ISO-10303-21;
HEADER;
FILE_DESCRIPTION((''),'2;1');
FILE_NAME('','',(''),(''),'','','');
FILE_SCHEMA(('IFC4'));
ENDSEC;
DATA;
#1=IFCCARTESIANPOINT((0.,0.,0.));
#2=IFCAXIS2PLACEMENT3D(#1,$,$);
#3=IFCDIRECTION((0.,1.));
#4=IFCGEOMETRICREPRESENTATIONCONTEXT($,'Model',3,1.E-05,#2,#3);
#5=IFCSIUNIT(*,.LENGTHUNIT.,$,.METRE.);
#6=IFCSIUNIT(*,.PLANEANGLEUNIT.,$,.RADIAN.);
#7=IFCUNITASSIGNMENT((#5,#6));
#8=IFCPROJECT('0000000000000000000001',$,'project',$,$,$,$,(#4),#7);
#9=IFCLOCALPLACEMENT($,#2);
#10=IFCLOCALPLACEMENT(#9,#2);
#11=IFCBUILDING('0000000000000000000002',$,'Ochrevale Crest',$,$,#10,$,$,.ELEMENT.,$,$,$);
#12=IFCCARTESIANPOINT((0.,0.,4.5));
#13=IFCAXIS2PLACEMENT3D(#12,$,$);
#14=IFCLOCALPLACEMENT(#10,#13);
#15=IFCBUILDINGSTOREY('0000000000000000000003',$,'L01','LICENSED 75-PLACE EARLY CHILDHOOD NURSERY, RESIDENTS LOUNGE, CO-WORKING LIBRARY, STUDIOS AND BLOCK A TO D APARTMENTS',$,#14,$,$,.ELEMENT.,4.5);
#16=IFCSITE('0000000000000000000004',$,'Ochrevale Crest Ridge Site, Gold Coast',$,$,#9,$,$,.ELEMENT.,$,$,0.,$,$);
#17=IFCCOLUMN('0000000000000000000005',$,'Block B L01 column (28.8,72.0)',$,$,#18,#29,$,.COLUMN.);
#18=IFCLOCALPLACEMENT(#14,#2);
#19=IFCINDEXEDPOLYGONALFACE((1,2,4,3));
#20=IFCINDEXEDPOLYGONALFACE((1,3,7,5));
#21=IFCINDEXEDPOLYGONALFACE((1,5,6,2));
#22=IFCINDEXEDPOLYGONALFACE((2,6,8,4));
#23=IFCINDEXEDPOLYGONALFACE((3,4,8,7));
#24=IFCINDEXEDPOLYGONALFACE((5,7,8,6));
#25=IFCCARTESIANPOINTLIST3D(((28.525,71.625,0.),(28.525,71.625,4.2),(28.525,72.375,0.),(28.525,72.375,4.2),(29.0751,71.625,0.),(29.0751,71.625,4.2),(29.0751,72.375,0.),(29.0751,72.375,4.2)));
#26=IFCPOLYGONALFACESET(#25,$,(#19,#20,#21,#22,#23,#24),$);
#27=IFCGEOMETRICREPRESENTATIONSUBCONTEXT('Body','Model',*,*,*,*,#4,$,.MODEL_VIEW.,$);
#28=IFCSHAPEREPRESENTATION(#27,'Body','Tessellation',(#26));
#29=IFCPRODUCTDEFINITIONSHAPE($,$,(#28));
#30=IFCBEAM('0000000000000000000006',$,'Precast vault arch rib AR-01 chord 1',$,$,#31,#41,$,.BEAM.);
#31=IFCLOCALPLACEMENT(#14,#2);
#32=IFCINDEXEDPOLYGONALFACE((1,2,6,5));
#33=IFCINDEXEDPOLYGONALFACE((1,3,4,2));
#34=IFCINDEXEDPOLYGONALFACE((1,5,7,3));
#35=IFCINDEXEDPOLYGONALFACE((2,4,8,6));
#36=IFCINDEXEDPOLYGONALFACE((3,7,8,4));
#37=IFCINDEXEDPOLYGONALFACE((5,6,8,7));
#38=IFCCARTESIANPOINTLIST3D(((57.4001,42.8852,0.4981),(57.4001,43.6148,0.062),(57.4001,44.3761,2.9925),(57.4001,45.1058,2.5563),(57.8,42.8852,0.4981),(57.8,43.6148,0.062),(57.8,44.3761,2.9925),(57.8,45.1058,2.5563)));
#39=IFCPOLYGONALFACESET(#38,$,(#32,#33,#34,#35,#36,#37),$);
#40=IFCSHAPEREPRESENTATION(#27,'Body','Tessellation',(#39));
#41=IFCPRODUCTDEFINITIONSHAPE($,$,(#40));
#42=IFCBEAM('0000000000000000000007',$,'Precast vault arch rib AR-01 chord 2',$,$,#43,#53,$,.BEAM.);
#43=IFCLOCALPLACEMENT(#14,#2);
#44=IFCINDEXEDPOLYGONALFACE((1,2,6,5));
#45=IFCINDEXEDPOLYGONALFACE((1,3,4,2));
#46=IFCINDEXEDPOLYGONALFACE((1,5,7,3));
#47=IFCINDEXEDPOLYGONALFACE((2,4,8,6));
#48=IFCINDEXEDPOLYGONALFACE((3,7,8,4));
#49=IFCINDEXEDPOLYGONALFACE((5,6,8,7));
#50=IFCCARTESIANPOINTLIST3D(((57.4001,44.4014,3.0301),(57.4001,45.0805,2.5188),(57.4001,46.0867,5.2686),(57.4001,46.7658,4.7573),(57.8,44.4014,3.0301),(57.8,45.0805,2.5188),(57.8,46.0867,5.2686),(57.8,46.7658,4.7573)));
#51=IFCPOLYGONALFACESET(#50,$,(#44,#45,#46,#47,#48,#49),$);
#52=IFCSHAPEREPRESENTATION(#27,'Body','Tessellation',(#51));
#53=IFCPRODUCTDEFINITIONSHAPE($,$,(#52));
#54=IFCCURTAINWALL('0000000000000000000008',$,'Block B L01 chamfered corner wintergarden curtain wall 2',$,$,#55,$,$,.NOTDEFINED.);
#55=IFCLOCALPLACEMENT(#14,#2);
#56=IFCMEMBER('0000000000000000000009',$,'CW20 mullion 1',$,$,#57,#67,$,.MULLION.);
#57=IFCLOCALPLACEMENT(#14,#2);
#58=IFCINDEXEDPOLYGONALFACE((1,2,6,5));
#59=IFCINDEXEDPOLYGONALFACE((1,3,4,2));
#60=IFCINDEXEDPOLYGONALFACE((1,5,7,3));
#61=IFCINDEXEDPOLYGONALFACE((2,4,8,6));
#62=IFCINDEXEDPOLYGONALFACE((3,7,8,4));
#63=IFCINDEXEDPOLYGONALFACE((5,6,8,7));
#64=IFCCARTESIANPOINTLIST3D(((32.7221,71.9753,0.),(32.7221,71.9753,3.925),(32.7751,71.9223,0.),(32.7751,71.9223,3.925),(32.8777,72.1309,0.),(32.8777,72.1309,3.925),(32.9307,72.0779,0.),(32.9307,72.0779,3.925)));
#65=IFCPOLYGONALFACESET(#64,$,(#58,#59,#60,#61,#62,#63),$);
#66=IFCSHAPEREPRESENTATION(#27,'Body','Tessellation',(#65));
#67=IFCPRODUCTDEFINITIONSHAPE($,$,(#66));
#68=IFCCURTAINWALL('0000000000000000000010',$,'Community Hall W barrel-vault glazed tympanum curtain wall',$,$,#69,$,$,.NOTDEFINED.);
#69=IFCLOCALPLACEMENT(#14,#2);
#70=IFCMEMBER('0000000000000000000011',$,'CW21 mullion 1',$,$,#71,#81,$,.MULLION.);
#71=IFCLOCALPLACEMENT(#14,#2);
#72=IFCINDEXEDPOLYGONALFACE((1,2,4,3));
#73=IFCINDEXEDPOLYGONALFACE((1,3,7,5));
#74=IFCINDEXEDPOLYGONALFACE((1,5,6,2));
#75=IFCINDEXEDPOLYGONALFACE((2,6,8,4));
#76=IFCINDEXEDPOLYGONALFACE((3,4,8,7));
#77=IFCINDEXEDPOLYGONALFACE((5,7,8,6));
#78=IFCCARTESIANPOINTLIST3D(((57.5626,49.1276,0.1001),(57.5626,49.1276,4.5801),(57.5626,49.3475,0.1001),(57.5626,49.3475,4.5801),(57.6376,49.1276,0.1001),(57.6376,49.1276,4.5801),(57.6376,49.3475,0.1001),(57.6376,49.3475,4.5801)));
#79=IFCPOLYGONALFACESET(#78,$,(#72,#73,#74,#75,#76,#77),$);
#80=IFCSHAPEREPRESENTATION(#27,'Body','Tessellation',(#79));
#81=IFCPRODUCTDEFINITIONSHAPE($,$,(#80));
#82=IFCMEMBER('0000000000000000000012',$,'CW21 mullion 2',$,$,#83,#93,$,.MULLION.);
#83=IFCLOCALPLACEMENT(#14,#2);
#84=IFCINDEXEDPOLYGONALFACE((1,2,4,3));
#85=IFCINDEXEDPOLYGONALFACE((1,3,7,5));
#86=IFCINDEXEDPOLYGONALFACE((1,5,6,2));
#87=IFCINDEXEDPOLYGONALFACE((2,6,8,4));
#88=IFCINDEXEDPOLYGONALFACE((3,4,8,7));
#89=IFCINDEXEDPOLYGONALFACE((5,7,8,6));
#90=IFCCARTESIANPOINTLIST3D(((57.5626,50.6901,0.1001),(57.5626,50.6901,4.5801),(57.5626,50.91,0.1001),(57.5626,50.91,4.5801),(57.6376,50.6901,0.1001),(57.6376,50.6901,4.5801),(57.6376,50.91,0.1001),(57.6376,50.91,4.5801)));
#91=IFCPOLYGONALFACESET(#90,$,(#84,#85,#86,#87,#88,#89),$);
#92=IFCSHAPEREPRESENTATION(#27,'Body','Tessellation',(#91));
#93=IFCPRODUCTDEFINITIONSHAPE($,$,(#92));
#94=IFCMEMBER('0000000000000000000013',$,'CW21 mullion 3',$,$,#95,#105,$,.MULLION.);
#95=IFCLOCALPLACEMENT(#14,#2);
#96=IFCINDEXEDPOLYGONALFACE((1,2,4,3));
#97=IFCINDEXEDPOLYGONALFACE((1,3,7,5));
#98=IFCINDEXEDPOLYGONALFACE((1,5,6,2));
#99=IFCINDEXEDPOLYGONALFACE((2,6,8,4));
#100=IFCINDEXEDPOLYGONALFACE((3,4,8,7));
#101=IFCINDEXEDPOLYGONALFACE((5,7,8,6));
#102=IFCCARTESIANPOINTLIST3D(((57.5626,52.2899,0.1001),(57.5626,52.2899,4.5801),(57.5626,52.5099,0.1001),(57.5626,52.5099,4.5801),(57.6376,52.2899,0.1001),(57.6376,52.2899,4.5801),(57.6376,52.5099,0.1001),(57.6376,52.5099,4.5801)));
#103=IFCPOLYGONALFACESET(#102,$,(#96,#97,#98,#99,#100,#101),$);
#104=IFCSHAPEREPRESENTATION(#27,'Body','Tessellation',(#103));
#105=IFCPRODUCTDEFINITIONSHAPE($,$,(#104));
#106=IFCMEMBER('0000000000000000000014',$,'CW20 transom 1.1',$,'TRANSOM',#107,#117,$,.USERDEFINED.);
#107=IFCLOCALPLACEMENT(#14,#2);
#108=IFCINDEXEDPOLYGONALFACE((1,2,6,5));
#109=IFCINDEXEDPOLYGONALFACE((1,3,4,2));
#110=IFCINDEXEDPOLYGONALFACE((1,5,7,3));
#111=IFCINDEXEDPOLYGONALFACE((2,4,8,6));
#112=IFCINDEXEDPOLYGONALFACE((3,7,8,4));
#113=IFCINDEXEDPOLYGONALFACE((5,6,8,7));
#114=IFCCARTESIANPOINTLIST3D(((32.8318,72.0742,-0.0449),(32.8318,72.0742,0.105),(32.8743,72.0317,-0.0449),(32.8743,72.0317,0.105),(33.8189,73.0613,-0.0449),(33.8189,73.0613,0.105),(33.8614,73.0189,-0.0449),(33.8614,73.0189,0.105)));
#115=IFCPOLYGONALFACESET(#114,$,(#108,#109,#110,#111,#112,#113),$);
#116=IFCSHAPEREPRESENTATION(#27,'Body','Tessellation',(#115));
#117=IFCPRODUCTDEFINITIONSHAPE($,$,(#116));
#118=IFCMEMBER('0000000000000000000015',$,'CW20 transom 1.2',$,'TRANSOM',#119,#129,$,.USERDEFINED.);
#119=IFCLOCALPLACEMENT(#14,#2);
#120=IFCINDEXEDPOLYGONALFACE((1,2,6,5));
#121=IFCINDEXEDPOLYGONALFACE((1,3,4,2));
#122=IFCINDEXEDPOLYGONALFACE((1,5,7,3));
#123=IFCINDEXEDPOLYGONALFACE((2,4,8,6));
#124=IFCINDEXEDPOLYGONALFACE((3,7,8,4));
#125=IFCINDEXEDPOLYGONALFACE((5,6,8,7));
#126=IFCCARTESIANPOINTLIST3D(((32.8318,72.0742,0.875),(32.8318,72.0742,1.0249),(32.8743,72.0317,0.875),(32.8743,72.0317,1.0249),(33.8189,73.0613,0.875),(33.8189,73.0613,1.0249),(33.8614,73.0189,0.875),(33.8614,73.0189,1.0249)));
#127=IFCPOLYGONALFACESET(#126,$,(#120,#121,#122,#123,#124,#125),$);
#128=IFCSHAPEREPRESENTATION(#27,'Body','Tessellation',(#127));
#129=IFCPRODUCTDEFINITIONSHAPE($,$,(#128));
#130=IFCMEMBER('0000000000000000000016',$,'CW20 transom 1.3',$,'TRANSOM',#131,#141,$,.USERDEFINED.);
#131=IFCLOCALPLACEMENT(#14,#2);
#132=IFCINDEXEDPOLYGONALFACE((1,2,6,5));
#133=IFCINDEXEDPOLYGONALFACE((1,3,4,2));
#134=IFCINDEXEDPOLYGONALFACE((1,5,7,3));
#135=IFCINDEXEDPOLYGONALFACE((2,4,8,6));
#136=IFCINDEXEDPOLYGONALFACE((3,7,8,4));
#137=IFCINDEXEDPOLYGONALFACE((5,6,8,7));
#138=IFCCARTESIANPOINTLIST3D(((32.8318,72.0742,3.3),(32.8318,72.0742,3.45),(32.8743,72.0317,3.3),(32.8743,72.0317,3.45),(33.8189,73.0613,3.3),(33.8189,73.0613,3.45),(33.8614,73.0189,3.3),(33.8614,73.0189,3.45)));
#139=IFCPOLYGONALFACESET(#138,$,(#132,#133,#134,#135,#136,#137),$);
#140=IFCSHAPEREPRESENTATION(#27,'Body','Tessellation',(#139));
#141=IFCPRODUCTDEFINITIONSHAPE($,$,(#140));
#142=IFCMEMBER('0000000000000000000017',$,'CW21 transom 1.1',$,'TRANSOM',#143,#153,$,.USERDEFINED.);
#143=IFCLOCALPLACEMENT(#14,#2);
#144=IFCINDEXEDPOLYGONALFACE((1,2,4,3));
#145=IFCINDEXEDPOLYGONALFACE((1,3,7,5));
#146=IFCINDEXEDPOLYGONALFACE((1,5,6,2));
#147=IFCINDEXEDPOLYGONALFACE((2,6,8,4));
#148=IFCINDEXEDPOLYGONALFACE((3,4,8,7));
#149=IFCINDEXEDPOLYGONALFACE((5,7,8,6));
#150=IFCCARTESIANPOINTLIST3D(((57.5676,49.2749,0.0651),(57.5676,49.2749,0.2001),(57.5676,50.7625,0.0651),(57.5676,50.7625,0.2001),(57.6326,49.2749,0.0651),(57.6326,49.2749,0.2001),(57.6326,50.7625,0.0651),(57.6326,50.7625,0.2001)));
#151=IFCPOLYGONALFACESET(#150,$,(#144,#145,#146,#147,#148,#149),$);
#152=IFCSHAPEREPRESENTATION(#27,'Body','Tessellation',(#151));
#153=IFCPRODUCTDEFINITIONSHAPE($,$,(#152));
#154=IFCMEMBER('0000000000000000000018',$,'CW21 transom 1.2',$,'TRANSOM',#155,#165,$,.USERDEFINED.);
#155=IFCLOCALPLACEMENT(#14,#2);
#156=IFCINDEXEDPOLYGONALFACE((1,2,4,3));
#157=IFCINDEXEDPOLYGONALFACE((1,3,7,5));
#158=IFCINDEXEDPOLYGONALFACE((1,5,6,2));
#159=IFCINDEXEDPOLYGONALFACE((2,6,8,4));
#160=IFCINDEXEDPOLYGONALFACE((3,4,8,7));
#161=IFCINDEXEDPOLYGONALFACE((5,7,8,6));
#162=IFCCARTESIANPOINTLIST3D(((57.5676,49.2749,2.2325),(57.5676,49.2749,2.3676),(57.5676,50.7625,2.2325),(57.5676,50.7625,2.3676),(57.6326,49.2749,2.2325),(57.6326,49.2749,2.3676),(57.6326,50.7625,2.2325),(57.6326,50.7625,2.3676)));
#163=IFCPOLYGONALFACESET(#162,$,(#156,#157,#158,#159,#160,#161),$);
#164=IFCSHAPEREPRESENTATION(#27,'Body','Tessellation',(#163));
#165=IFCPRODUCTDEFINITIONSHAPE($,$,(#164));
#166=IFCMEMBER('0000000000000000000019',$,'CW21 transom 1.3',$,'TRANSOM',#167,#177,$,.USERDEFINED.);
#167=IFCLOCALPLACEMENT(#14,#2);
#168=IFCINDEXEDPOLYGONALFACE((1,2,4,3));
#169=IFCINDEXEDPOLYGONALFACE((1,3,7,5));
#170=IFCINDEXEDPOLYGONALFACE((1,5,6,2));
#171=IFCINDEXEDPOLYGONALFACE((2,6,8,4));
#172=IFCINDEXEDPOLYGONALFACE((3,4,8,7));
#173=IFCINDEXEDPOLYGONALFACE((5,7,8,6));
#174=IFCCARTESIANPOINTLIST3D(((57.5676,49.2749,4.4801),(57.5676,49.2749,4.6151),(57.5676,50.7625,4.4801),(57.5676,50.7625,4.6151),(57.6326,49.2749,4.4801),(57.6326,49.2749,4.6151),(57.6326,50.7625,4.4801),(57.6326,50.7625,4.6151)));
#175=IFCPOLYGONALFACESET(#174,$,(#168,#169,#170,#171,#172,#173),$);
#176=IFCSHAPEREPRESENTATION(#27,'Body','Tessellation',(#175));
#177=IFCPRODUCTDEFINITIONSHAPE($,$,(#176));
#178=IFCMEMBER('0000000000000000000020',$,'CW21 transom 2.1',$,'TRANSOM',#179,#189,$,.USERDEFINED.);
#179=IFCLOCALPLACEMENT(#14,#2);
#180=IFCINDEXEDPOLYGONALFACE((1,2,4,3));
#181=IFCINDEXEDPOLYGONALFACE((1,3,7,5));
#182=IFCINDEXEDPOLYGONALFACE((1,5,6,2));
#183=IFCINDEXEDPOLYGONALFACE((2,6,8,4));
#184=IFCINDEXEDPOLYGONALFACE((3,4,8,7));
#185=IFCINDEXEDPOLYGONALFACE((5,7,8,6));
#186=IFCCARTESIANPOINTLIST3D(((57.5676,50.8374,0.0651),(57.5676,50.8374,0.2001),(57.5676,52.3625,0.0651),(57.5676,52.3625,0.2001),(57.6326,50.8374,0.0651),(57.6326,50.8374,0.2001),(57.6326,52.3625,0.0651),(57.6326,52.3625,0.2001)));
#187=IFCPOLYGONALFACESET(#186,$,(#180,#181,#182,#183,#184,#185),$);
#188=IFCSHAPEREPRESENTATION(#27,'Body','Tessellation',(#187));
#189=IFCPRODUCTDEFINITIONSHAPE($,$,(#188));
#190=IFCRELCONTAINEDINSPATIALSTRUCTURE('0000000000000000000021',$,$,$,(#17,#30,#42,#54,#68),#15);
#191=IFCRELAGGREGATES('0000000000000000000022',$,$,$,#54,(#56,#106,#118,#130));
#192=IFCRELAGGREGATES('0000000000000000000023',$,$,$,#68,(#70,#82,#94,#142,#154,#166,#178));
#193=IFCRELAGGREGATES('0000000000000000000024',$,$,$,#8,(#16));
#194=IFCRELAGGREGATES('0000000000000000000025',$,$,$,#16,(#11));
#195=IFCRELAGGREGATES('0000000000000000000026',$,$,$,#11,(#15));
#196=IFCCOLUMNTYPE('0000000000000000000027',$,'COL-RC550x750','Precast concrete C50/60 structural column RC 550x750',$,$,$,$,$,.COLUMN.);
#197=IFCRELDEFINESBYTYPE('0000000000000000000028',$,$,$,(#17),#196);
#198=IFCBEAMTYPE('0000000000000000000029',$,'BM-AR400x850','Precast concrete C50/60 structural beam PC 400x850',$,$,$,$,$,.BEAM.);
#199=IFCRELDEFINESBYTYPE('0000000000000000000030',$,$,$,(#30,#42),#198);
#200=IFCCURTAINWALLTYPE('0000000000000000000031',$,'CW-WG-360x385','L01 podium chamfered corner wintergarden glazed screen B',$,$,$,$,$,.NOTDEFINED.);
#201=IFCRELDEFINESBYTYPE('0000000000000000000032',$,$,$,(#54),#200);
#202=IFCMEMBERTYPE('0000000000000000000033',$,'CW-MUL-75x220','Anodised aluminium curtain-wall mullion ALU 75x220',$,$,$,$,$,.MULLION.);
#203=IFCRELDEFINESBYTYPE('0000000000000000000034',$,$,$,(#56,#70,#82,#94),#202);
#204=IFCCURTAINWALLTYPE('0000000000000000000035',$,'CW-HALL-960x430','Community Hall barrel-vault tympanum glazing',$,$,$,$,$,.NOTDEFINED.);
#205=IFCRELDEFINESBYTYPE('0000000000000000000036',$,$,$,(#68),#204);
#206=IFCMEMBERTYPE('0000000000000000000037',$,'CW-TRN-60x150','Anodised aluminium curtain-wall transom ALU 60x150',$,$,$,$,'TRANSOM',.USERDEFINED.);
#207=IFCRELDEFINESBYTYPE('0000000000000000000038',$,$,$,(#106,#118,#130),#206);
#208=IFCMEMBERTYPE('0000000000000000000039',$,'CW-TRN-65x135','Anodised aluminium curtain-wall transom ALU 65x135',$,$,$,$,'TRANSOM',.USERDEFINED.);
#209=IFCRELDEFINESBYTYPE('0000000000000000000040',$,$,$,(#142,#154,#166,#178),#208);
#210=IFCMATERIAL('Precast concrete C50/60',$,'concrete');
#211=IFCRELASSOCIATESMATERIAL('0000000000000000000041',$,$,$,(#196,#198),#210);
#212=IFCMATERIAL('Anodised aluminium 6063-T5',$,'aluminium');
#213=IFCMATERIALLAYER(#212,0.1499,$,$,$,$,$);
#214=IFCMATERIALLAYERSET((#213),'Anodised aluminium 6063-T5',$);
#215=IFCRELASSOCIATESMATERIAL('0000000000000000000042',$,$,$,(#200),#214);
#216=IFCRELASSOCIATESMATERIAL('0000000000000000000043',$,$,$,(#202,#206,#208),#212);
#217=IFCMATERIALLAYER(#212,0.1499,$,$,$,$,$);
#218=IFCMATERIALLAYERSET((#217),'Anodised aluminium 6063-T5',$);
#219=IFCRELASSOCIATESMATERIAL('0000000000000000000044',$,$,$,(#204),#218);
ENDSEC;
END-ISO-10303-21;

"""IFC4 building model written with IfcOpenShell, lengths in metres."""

from ifc_helpers import new_model, si_unit, direction, frame, origin, origin_2d, place, context, subcontext, project, spatial, rectangle, extrude, material, layer, layer_set, material_profile, profile_set, type_object, element, aggregate, save


model = new_model("IFC4")

# Units and contexts
model_context = context("Model", 3, precision=1e-05, world=origin(), true_north=direction((0.0, 1.0)))
body_context = subcontext(model_context, "Body", "Model", "MODEL_VIEW")
ifc_project = project(units=[si_unit("LENGTHUNIT", "METRE"), si_unit("PLANEANGLEUNIT", "RADIAN")], contexts=[model_context])

# Site, building, storey
site_placement = place(None, origin())
site = spatial("IfcSite", under=ifc_project, at=site_placement, Name="Ochrevale Crest Ridge Site, Gold Coast", CompositionType="ELEMENT", RefElevation=0.0)
building_placement = place(site_placement, origin())
building = spatial("IfcBuilding", under=site, at=building_placement, Name="Ochrevale Crest", CompositionType="ELEMENT")
storey_placement = place(building_placement, frame((0.0, 0.0, 4.5)))
storey = spatial("IfcBuildingStorey", under=building, at=storey_placement, Name="L01", Description="LICENSED 75-PLACE EARLY CHILDHOOD NURSERY, RESIDENTS LOUNGE, CO-WORKING LIBRARY, STUDIOS AND BLOCK A TO D APARTMENTS", CompositionType="ELEMENT", Elevation=4.5)

# Column
ifc_material_1 = material(Name="Precast concrete C50/60", Category="concrete")
ifc_material_profile_1 = material_profile(ifc_material_1, rectangle(XDim=0.55, YDim=0.75, at=origin_2d()), Name="RC 550x750")
ifc_profile_set_1 = profile_set([ifc_material_profile_1], Name="Precast concrete C50/60")
column_type = type_object("IfcColumnType", Name="COL-RC550x750", Description="Precast concrete C50/60 structural column RC 550x750", PredefinedType="COLUMN", material=ifc_profile_set_1)
column_placement = place(storey_placement, frame((28.8, 72.0, 0.0), z_axis=(0.0, 0.0, 1.0), x_axis=(1.0, 0.0, 0.0)))
element("IfcColumn", 1, at=column_placement, inside=storey, type_object=column_type, Name="Block B L01 column (28.8,72.0)", PredefinedType="COLUMN", context=body_context, shape_type="SweptSolid", body=[
    extrude(rectangle(XDim=0.55, YDim=0.75, at=origin_2d()), origin(), (0.0, 0.0, 1.0), 4.2),
])

# Beams
ifc_material_profile_2 = material_profile(ifc_material_1, rectangle(XDim=0.3999, YDim=0.8501, at=origin_2d()), Name="PC 400x850")
ifc_profile_set_2 = profile_set([ifc_material_profile_2], Name="Precast concrete C50/60")
beam_type = type_object("IfcBeamType", Name="BM-AR400x850", Description="Precast concrete C50/60 structural beam PC 400x850", PredefinedType="BEAM", material=ifc_profile_set_2)
beam_1_placement = place(storey_placement, frame((57.6001, 43.25, 0.28), z_axis=(0.0, 0.513062, 0.858352), x_axis=(-1.0, 0.0, 0.0)))
element("IfcBeam", 2, at=beam_1_placement, inside=storey, type_object=beam_type, Name="Precast vault arch rib AR-01 chord 1", PredefinedType="BEAM", context=body_context, shape_type="SweptSolid", body=[
    extrude(rectangle(XDim=0.3999, YDim=0.8501, at=origin_2d()), origin(), (0.0, 0.0, 1.0), 2.906),
])
beam_2_placement = place(storey_placement, frame((57.6001, 44.741, 2.7744), z_axis=(0.0, 0.601463, 0.798901), x_axis=(-1.0, 0.0, 0.0)))
element("IfcBeam", 3, at=beam_2_placement, inside=storey, type_object=beam_type, Name="Precast vault arch rib AR-01 chord 2", PredefinedType="BEAM", context=body_context, shape_type="SweptSolid", body=[
    extrude(rectangle(XDim=0.3999, YDim=0.8501, at=origin_2d()), origin(), (0.0, 0.0, 1.0), 2.802),
])

# Curtain wall, member
ifc_material_2 = material(Name="Anodised aluminium 6063-T5", Category="aluminium")
ifc_layer_1 = layer(ifc_material_2, 0.1499)
ifc_layer_set_1 = layer_set([ifc_layer_1], Name="Anodised aluminium 6063-T5")
curtain_wall_type_1 = type_object("IfcCurtainWallType", Name="CW-WG-360x385", Description="L01 podium chamfered corner wintergarden glazed screen B", PredefinedType="NOTDEFINED", material=ifc_layer_set_1)
curtain_wall_1_placement = place(storey_placement, origin())
curtain_wall_1 = element("IfcCurtainWall", 4, at=curtain_wall_1_placement, inside=storey, type_object=curtain_wall_type_1, Name="Block B L01 chamfered corner wintergarden curtain wall 2", PredefinedType="NOTDEFINED")
ifc_material_profile_3 = material_profile(ifc_material_2, rectangle(XDim=0.075, YDim=0.22, at=origin_2d()), Name="ALU 75x220")
ifc_profile_set_3 = profile_set([ifc_material_profile_3], Name="Anodised aluminium 6063-T5")
member_type_1 = type_object("IfcMemberType", Name="CW-MUL-75x220", Description="Anodised aluminium curtain-wall mullion ALU 75x220", PredefinedType="MULLION", material=ifc_profile_set_3)
member_1_placement = place(storey_placement, frame((32.8264, 72.0266, 0.0), z_axis=(0.0, 0.0, 1.0), x_axis=(-0.707107, 0.707107, 0.0)))
member_1 = element("IfcMember", 5, at=member_1_placement, type_object=member_type_1, Name="CW20 mullion 1", PredefinedType="MULLION", context=body_context, shape_type="SweptSolid", body=[
    extrude(rectangle(XDim=0.075, YDim=0.22, at=origin_2d()), origin(), (0.0, 0.0, 1.0), 3.925),
])

# Curtain wall, members
ifc_layer_2 = layer(ifc_material_2, 0.1499)
ifc_layer_set_2 = layer_set([ifc_layer_2], Name="Anodised aluminium 6063-T5")
curtain_wall_type_2 = type_object("IfcCurtainWallType", Name="CW-HALL-960x430", Description="Community Hall barrel-vault tympanum glazing", PredefinedType="NOTDEFINED", material=ifc_layer_set_2)
curtain_wall_2_placement = place(storey_placement, origin())
curtain_wall_2 = element("IfcCurtainWall", 6, at=curtain_wall_2_placement, inside=storey, type_object=curtain_wall_type_2, Name="Community Hall W barrel-vault glazed tympanum curtain wall", PredefinedType="NOTDEFINED")
member_2_placement = place(storey_placement, frame((57.6001, 49.2375, 0.1001), z_axis=(0.0, 0.0, 1.0), x_axis=(-1.0, 0.0, 0.0)))
member_2 = element("IfcMember", 7, at=member_2_placement, type_object=member_type_1, Name="CW21 mullion 1", PredefinedType="MULLION", context=body_context, shape_type="SweptSolid", body=[
    extrude(rectangle(XDim=0.075, YDim=0.22, at=origin_2d()), origin(), (0.0, 0.0, 1.0), 4.48),
])
member_3_placement = place(storey_placement, frame((57.6001, 50.8, 0.1001), z_axis=(0.0, 0.0, 1.0), x_axis=(-1.0, 0.0, 0.0)))
member_3 = element("IfcMember", 8, at=member_3_placement, type_object=member_type_1, Name="CW21 mullion 2", PredefinedType="MULLION", context=body_context, shape_type="SweptSolid", body=[
    extrude(rectangle(XDim=0.075, YDim=0.22, at=origin_2d()), origin(), (0.0, 0.0, 1.0), 4.48),
])
member_4_placement = place(storey_placement, frame((57.6001, 52.3999, 0.1001), z_axis=(0.0, 0.0, 1.0), x_axis=(-1.0, 0.0, 0.0)))
member_4 = element("IfcMember", 9, at=member_4_placement, type_object=member_type_1, Name="CW21 mullion 3", PredefinedType="MULLION", context=body_context, shape_type="SweptSolid", body=[
    extrude(rectangle(XDim=0.075, YDim=0.22, at=origin_2d()), origin(), (0.0, 0.0, 1.0), 4.48),
])

# Members
ifc_material_profile_4 = material_profile(ifc_material_2, rectangle(XDim=0.0601, YDim=0.1499, at=origin_2d()), Name="ALU 60x150")
ifc_profile_set_4 = profile_set([ifc_material_profile_4], Name="Anodised aluminium 6063-T5")
member_type_2 = type_object("IfcMemberType", Name="CW-TRN-60x150", Description="Anodised aluminium curtain-wall transom ALU 60x150", ElementType="TRANSOM", PredefinedType="USERDEFINED", material=ifc_profile_set_4)
member_5_placement = place(storey_placement, frame((32.853, 72.053, 0.03), z_axis=(0.707107, 0.707107, 0.0), x_axis=(-0.707107, 0.707107, 0.0)))
member_5 = element("IfcMember", 10, at=member_5_placement, type_object=member_type_2, Name="CW20 transom 1.1", ObjectType="TRANSOM", PredefinedType="USERDEFINED", context=body_context, shape_type="SweptSolid", body=[
    extrude(rectangle(XDim=0.0601, YDim=0.1499, at=origin_2d()), origin(), (0.0, 0.0, 1.0), 1.396),
])
member_6_placement = place(storey_placement, frame((32.853, 72.053, 0.95), z_axis=(0.707107, 0.707107, 0.0), x_axis=(-0.707107, 0.707107, 0.0)))
member_6 = element("IfcMember", 11, at=member_6_placement, type_object=member_type_2, Name="CW20 transom 1.2", ObjectType="TRANSOM", PredefinedType="USERDEFINED", context=body_context, shape_type="SweptSolid", body=[
    extrude(rectangle(XDim=0.0601, YDim=0.1499, at=origin_2d()), origin(), (0.0, 0.0, 1.0), 1.396),
])
member_7_placement = place(storey_placement, frame((32.853, 72.053, 3.375), z_axis=(0.707107, 0.707107, 0.0), x_axis=(-0.707107, 0.707107, 0.0)))
member_7 = element("IfcMember", 12, at=member_7_placement, type_object=member_type_2, Name="CW20 transom 1.3", ObjectType="TRANSOM", PredefinedType="USERDEFINED", context=body_context, shape_type="SweptSolid", body=[
    extrude(rectangle(XDim=0.0601, YDim=0.1499, at=origin_2d()), origin(), (0.0, 0.0, 1.0), 1.396),
])
aggregate(curtain_wall_1, [member_1, member_5, member_6, member_7])
ifc_material_profile_5 = material_profile(ifc_material_2, rectangle(XDim=0.0649, YDim=0.135, at=origin_2d()), Name="ALU 65x135")
ifc_profile_set_5 = profile_set([ifc_material_profile_5], Name="Anodised aluminium 6063-T5")
member_type_3 = type_object("IfcMemberType", Name="CW-TRN-65x135", Description="Anodised aluminium curtain-wall transom ALU 65x135", ElementType="TRANSOM", PredefinedType="USERDEFINED", material=ifc_profile_set_5)
member_8_placement = place(storey_placement, frame((57.6001, 49.2749, 0.1326), z_axis=(0.0, 1.0, 0.0), x_axis=(-1.0, 0.0, 0.0)))
member_8 = element("IfcMember", 13, at=member_8_placement, type_object=member_type_3, Name="CW21 transom 1.1", ObjectType="TRANSOM", PredefinedType="USERDEFINED", context=body_context, shape_type="SweptSolid", body=[
    extrude(rectangle(XDim=0.0649, YDim=0.135, at=origin_2d()), origin(), (0.0, 0.0, 1.0), 1.4875),
])
member_9_placement = place(storey_placement, frame((57.6001, 49.2749, 2.3), z_axis=(0.0, 1.0, 0.0), x_axis=(-1.0, 0.0, 0.0)))
member_9 = element("IfcMember", 14, at=member_9_placement, type_object=member_type_3, Name="CW21 transom 1.2", ObjectType="TRANSOM", PredefinedType="USERDEFINED", context=body_context, shape_type="SweptSolid", body=[
    extrude(rectangle(XDim=0.0649, YDim=0.135, at=origin_2d()), origin(), (0.0, 0.0, 1.0), 1.4875),
])
member_10_placement = place(storey_placement, frame((57.6001, 49.2749, 4.5476), z_axis=(0.0, 1.0, 0.0), x_axis=(-1.0, 0.0, 0.0)))
member_10 = element("IfcMember", 15, at=member_10_placement, type_object=member_type_3, Name="CW21 transom 1.3", ObjectType="TRANSOM", PredefinedType="USERDEFINED", context=body_context, shape_type="SweptSolid", body=[
    extrude(rectangle(XDim=0.0649, YDim=0.135, at=origin_2d()), origin(), (0.0, 0.0, 1.0), 1.4875),
])
member_11_placement = place(storey_placement, frame((57.6001, 50.8374, 0.1326), z_axis=(0.0, 1.0, 0.0), x_axis=(-1.0, 0.0, 0.0)))
member_11 = element("IfcMember", 16, at=member_11_placement, type_object=member_type_3, Name="CW21 transom 2.1", ObjectType="TRANSOM", PredefinedType="USERDEFINED", context=body_context, shape_type="SweptSolid", body=[
    extrude(rectangle(XDim=0.0649, YDim=0.135, at=origin_2d()), origin(), (0.0, 0.0, 1.0), 1.5251),
])

aggregate(curtain_wall_2, [member_2, member_3, member_4, member_8, member_9, member_10, member_11])

save(model, "model.ifc")
